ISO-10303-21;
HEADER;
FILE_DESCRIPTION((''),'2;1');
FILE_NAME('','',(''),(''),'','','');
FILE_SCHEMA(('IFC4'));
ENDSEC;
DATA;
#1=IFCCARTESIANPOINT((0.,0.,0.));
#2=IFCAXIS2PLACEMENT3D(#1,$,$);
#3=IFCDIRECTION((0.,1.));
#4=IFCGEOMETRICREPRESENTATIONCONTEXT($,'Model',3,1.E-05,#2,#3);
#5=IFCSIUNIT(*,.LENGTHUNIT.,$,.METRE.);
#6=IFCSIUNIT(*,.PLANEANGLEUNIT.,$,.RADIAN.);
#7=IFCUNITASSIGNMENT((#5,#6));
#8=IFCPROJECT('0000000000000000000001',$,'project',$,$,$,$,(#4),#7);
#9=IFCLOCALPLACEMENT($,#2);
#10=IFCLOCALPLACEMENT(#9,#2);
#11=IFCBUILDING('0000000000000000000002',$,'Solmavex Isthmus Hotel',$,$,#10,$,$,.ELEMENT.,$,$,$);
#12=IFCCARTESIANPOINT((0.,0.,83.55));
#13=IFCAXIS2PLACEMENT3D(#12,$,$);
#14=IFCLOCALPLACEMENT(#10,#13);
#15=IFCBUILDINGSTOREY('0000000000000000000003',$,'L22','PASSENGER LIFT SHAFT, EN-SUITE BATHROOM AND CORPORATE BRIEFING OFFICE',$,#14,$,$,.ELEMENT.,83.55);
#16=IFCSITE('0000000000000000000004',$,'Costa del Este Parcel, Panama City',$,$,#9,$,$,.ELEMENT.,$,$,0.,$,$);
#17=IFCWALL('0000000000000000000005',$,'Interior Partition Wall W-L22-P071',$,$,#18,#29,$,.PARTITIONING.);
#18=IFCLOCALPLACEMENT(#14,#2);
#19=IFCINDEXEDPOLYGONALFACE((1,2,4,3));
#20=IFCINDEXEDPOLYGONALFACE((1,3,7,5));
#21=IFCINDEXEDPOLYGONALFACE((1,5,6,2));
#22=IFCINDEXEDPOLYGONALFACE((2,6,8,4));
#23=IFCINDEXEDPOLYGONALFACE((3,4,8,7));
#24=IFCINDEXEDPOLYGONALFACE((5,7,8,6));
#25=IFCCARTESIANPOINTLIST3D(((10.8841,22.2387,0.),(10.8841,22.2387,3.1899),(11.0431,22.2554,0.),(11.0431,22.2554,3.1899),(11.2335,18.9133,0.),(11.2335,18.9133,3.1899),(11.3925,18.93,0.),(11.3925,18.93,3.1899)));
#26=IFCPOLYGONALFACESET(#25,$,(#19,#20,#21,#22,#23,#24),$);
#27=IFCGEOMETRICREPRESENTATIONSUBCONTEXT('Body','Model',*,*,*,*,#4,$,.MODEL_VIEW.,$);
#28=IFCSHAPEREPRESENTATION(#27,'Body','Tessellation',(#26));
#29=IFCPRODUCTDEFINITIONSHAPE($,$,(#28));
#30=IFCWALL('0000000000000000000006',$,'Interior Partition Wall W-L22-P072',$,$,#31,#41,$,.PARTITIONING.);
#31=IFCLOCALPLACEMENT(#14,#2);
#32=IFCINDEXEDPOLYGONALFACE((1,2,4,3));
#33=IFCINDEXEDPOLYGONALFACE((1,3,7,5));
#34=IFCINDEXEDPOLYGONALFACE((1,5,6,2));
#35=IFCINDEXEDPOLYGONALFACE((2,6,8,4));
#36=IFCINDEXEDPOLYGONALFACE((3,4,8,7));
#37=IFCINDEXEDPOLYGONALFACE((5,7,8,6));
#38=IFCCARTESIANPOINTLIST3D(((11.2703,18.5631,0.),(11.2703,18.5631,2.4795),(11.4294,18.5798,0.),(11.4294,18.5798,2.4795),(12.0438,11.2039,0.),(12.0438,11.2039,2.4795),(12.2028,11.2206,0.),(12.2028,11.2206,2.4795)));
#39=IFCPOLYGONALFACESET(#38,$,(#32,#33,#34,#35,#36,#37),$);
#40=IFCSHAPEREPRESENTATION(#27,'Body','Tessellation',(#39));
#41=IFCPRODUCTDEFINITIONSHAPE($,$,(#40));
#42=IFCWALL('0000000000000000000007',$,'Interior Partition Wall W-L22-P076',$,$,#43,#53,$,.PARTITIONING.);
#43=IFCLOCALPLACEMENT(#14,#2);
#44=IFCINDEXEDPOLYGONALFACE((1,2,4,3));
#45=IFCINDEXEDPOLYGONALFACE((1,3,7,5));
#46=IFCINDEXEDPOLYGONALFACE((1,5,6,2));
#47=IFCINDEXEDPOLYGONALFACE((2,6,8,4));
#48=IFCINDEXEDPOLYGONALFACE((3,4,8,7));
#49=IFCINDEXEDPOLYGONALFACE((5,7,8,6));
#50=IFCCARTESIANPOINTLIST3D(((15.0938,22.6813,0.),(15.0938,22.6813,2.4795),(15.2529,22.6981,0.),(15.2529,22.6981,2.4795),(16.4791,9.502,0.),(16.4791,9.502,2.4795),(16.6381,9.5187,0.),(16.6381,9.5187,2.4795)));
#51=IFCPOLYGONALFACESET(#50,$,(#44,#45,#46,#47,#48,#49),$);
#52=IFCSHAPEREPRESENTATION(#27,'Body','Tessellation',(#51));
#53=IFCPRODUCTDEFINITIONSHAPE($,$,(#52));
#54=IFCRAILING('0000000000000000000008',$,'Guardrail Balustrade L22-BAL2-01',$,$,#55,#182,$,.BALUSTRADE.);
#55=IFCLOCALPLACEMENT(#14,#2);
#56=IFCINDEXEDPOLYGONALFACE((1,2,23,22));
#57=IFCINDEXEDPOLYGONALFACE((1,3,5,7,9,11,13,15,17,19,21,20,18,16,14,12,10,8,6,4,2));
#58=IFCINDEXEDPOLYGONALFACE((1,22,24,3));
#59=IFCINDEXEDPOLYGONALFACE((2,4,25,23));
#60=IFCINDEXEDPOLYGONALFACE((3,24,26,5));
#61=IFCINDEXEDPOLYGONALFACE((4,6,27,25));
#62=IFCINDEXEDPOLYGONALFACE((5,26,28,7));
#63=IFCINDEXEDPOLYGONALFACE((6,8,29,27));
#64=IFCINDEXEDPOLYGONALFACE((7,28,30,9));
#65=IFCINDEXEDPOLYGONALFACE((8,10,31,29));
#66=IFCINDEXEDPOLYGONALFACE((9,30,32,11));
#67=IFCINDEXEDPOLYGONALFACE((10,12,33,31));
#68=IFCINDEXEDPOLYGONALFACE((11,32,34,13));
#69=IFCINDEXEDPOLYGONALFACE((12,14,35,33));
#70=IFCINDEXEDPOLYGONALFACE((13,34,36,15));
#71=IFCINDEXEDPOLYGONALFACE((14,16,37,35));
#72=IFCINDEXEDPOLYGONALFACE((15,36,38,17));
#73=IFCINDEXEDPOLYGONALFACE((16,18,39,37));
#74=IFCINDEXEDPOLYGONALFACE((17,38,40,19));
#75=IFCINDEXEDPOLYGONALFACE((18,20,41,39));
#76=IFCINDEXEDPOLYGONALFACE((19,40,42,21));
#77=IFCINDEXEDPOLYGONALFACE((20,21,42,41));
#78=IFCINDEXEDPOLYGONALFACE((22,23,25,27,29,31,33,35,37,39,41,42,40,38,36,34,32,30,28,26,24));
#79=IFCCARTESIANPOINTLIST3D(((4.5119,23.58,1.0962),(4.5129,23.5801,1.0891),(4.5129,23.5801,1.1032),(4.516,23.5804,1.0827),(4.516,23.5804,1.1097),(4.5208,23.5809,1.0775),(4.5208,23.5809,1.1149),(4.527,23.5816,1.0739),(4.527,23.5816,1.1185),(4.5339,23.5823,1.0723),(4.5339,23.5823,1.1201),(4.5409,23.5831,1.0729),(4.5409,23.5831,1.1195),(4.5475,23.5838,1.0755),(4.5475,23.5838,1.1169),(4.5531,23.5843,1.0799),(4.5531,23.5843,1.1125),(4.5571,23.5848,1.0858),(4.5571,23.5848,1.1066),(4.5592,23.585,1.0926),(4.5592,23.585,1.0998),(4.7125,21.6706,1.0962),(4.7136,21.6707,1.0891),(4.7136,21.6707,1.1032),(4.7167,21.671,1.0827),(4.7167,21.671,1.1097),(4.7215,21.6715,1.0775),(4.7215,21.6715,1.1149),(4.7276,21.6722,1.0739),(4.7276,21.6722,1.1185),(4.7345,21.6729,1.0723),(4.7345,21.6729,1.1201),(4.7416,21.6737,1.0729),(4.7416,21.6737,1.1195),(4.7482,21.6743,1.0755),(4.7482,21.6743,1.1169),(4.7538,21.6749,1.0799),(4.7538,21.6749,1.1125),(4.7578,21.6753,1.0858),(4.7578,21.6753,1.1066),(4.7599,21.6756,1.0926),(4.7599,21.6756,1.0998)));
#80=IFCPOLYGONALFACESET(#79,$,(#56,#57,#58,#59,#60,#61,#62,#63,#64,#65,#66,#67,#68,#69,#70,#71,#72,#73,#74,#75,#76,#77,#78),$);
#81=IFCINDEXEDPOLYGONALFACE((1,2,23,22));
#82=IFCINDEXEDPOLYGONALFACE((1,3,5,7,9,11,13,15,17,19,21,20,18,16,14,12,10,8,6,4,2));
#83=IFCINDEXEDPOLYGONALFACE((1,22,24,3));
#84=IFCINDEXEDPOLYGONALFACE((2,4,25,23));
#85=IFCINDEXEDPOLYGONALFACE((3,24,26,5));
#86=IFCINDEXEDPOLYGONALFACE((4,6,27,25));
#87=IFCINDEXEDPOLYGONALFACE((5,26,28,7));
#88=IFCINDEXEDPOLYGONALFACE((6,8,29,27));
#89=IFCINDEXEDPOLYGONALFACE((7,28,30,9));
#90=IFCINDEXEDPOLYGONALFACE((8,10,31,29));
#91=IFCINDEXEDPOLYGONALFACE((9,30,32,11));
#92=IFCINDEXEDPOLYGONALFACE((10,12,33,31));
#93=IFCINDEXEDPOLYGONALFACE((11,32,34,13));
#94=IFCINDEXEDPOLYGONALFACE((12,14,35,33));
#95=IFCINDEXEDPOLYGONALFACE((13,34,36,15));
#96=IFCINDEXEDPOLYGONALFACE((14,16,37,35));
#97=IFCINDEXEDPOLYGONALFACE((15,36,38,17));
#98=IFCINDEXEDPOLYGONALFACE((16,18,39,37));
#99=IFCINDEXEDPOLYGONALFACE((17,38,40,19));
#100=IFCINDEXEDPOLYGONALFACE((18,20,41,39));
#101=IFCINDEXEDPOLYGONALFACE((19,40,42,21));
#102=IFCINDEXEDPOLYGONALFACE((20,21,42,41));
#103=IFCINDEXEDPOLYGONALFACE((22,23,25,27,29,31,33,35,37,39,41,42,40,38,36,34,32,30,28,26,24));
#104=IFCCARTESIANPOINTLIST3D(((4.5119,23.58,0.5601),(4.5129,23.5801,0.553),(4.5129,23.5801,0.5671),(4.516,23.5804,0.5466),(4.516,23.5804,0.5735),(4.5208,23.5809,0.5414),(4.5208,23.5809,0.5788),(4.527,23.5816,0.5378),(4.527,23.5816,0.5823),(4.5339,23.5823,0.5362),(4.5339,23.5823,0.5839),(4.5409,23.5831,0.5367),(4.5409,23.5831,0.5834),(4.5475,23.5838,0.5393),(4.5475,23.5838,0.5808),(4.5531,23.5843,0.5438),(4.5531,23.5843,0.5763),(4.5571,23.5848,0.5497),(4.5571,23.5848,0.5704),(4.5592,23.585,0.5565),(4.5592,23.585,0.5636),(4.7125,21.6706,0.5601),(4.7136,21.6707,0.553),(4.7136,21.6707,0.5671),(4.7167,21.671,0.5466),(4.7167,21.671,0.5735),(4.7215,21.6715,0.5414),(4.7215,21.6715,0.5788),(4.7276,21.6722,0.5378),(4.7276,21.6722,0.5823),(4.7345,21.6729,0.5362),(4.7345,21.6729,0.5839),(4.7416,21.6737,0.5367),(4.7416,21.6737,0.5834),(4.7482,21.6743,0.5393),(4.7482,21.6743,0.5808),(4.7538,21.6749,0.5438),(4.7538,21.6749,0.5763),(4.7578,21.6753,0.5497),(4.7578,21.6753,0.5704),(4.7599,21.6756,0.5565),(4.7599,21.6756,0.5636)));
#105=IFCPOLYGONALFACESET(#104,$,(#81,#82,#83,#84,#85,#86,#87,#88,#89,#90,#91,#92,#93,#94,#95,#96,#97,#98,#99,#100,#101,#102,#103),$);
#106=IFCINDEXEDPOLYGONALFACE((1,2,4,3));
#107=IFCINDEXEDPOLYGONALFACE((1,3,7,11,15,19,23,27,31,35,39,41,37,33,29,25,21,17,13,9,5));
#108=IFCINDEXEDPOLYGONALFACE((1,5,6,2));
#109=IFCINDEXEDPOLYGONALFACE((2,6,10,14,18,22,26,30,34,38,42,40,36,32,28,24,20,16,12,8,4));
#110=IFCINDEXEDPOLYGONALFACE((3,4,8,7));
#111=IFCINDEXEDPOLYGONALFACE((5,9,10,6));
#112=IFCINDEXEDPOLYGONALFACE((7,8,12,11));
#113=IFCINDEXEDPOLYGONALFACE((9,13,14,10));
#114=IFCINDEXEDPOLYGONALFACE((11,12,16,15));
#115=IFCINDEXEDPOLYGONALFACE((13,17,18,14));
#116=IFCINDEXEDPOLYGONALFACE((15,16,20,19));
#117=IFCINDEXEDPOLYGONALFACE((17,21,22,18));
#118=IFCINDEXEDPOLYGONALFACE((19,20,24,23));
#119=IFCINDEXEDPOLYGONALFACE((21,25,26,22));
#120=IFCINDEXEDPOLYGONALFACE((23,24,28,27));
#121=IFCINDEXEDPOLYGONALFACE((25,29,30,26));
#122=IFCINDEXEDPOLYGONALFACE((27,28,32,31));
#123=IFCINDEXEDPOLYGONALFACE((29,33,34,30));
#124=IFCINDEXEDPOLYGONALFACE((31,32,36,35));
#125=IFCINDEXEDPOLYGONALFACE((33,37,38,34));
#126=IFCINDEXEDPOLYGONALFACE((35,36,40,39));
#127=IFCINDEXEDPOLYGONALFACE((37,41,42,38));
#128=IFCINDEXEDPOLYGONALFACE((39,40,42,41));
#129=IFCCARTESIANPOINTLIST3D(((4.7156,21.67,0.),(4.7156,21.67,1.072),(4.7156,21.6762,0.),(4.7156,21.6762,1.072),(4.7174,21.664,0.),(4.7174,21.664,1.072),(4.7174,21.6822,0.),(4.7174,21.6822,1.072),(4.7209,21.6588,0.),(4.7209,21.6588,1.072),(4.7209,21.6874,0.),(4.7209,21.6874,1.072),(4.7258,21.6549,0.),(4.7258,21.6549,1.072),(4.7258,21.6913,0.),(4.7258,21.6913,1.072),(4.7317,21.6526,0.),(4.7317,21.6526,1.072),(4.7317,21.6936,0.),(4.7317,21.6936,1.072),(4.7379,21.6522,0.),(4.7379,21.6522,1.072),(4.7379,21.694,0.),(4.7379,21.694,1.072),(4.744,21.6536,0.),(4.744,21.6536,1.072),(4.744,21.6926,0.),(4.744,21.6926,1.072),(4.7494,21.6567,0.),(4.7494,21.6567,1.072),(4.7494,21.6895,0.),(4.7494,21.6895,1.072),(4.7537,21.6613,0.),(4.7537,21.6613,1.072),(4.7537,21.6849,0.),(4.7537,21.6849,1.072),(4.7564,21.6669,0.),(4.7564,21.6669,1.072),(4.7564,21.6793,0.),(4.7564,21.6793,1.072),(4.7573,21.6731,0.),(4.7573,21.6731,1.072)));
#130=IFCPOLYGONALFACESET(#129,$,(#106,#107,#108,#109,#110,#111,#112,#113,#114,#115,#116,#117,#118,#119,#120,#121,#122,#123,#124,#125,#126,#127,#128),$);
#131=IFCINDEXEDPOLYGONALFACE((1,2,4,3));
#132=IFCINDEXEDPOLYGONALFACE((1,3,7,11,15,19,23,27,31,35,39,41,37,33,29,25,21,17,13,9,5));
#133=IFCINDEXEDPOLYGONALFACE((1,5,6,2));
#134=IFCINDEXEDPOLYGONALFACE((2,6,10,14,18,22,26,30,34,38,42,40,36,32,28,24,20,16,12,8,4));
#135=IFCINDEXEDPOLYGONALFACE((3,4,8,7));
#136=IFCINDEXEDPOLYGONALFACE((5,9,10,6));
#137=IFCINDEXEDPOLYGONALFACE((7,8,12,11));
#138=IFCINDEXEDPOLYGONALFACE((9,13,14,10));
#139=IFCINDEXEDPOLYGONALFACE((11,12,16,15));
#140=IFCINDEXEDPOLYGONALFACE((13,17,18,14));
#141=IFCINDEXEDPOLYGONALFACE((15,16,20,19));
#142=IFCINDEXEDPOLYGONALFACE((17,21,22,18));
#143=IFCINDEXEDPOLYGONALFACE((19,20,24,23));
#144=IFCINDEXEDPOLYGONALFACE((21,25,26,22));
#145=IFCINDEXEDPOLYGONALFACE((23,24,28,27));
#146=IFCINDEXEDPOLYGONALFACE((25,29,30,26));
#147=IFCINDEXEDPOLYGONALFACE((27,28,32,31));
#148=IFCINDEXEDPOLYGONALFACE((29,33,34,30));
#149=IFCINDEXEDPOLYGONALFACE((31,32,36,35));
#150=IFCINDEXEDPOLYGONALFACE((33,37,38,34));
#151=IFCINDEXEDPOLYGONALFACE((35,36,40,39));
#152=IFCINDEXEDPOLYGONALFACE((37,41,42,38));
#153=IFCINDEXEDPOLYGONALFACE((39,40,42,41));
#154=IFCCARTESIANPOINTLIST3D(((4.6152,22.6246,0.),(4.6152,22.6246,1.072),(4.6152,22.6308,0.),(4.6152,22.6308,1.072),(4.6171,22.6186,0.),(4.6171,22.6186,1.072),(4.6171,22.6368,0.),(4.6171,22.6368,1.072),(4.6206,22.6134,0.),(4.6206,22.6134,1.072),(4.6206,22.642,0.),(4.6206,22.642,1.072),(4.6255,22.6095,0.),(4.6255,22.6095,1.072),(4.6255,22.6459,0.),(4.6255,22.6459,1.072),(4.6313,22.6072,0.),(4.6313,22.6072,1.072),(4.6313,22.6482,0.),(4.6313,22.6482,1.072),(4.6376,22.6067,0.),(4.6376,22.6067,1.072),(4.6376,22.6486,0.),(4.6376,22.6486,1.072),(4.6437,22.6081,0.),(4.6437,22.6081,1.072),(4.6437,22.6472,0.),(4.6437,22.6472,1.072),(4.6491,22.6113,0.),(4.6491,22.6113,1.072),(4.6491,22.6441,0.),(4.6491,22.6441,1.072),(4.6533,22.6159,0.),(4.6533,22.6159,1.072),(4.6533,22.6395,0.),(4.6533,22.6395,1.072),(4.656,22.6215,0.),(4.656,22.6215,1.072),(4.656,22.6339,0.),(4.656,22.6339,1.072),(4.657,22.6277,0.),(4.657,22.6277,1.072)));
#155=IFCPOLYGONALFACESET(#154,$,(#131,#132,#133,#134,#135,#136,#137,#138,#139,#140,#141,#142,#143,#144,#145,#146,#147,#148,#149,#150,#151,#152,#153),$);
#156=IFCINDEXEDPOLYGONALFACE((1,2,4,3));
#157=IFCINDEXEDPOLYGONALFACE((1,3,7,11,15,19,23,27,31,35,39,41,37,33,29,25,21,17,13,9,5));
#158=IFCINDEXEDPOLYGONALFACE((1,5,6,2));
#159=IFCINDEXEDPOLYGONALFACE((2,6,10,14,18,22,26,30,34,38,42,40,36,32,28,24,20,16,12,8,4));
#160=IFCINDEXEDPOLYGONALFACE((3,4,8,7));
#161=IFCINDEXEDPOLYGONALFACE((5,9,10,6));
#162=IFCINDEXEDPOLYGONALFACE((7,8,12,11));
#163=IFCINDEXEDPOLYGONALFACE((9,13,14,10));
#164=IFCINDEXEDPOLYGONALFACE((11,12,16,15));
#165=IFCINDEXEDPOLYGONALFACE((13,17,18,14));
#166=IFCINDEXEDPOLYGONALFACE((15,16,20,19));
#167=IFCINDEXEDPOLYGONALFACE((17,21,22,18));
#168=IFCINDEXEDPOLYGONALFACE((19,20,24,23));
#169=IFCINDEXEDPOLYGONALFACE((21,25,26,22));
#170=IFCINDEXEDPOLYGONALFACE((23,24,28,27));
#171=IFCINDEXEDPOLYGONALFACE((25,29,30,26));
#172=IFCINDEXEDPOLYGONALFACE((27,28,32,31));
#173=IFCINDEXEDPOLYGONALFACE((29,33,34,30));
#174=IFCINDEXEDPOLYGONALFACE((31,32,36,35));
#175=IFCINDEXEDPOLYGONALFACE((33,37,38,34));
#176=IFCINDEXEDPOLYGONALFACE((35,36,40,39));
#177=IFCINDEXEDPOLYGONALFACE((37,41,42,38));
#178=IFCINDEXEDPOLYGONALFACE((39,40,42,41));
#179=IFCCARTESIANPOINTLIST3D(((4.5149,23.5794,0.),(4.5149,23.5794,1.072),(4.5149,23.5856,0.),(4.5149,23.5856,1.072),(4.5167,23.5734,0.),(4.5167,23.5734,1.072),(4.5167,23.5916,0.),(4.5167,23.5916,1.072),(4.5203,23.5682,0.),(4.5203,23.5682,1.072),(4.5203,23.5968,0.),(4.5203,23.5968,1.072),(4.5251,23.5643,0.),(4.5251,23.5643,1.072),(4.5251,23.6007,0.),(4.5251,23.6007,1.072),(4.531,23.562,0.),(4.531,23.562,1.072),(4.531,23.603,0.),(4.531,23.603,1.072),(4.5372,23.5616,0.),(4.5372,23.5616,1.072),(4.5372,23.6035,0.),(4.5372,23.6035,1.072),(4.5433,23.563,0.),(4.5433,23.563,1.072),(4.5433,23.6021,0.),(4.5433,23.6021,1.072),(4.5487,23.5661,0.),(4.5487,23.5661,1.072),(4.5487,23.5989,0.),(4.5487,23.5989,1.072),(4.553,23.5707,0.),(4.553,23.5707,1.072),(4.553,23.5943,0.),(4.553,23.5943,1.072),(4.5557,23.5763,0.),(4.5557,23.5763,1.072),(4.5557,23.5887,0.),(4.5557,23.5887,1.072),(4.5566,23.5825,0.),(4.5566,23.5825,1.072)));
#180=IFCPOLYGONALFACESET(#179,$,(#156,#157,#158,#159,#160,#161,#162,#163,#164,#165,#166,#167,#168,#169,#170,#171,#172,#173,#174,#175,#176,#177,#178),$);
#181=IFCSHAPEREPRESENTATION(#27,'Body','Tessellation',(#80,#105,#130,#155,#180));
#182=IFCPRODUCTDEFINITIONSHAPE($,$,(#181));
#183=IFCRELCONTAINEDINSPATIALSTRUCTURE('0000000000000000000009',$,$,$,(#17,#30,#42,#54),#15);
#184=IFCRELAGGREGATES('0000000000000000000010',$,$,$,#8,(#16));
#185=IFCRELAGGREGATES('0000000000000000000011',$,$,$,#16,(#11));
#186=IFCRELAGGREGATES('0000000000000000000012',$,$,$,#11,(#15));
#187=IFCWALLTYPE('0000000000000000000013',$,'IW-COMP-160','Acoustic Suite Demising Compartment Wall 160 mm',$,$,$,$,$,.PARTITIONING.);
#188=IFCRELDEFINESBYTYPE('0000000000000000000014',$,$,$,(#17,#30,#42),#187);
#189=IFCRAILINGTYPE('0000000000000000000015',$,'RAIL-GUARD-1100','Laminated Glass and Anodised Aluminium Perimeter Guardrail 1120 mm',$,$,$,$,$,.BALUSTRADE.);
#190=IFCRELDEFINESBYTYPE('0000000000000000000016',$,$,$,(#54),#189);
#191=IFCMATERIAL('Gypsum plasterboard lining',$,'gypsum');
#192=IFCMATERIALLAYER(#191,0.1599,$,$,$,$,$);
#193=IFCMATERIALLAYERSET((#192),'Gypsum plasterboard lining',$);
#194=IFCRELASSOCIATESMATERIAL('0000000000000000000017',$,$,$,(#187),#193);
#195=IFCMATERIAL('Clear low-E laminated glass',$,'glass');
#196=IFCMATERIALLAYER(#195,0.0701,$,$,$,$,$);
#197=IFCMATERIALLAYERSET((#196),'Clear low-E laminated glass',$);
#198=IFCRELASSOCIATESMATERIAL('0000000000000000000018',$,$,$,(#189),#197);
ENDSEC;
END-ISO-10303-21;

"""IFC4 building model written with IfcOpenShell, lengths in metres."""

from ifc_helpers import new_model, si_unit, direction, frame, frame_2d, origin, origin_2d, place, context, subcontext, project, spatial, rectangle, circle, extrude, material, layer, layer_set, type_object, element, save


model = new_model("IFC4")

# Units and contexts
model_context = context("Model", 3, precision=1e-05, world=origin(), true_north=direction((0.0, 1.0)))
body_context = subcontext(model_context, "Body", "Model", "MODEL_VIEW")
ifc_project = project(units=[si_unit("LENGTHUNIT", "METRE"), si_unit("PLANEANGLEUNIT", "RADIAN")], contexts=[model_context])

# Site, building, storey
site_placement = place(None, origin())
site = spatial("IfcSite", under=ifc_project, at=site_placement, Name="Costa del Este Parcel, Panama City", CompositionType="ELEMENT", RefElevation=0.0)
building_placement = place(site_placement, origin())
building = spatial("IfcBuilding", under=site, at=building_placement, Name="Solmavex Isthmus Hotel", CompositionType="ELEMENT")
storey_placement = place(building_placement, frame((0.0, 0.0, 83.55)))
storey = spatial("IfcBuildingStorey", under=building, at=storey_placement, Name="L22", Description="PASSENGER LIFT SHAFT, EN-SUITE BATHROOM AND CORPORATE BRIEFING OFFICE", CompositionType="ELEMENT", Elevation=83.55)

# Shared definitions
ifc_material_1 = material(Name="Clear low-E laminated glass", Category="glass")

# Walls
ifc_material_2 = material(Name="Gypsum plasterboard lining", Category="gypsum")
ifc_layer_1 = layer(ifc_material_2, 0.1599)
ifc_layer_set_1 = layer_set([ifc_layer_1], Name="Gypsum plasterboard lining")
wall_type_1 = type_object("IfcWallType", Name="IW-COMP-160", Description="Acoustic Suite Demising Compartment Wall 160 mm", PredefinedType="PARTITIONING", material=ifc_layer_set_1)
for number, where, z_axis, x_axis, name in (
    (1, (10.9636, 22.2471, 0.0), (0.0, 0.0, 1.0), (0.104483, -0.994527, 0.0), "Interior Partition Wall W-L22-P071"),
):
    element("IfcWall", number, at=place(storey_placement, frame(where, z_axis=z_axis, x_axis=x_axis)), inside=storey, type_object=wall_type_1, Name=name, PredefinedType="PARTITIONING", context=body_context, shape_type="SweptSolid", body=[
        extrude(rectangle(XDim=3.3438, YDim=0.1599, at=frame_2d((1.6719, 0.0))), origin(), (0.0, 0.0, 1.0), 3.1899),
    ])
wall_1_placement = place(storey_placement, frame((11.3499, 18.5713, 0.0), z_axis=(0.0, 0.0, 1.0), x_axis=(0.104523, -0.994522, 0.0)))
element("IfcWall", 2, at=wall_1_placement, inside=storey, type_object=wall_type_1, Name="Interior Partition Wall W-L22-P072", PredefinedType="PARTITIONING", context=body_context, shape_type="SweptSolid", body=[
    extrude(rectangle(XDim=7.3997, YDim=0.1599, at=frame_2d((3.6997, 0.0))), origin(), (0.0, 0.0, 1.0), 2.4795),
])
wall_2_placement = place(storey_placement, frame((15.1733, 22.6897, 0.0), z_axis=(0.0, 0.0, 1.0), x_axis=(0.104531, -0.994522, 0.0)))
element("IfcWall", 3, at=wall_2_placement, inside=storey, type_object=wall_type_1, Name="Interior Partition Wall W-L22-P076", PredefinedType="PARTITIONING", context=body_context, shape_type="SweptSolid", body=[
    extrude(rectangle(XDim=13.252, YDim=0.1599, at=frame_2d((6.626, 0.0))), origin(), (0.0, 0.0, 1.0), 2.4795),
])

# Railing
ifc_layer_2 = layer(ifc_material_1, 0.0701)
ifc_layer_set_2 = layer_set([ifc_layer_2], Name="Clear low-E laminated glass")
railing_type = type_object("IfcRailingType", Name="RAIL-GUARD-1100", Description="Laminated Glass and Anodised Aluminium Perimeter Guardrail 1120 mm", PredefinedType="BALUSTRADE", material=ifc_layer_set_2)
railing_1_placement = place(storey_placement, frame((4.7363, 21.6731, 0.0)))
element("IfcRailing", 4, at=railing_1_placement, inside=storey, type_object=railing_type, Name="Guardrail Balustrade L22-BAL2-01", PredefinedType="BALUSTRADE", context=body_context, shape_type="SweptSolid", body=[
    extrude(circle(Radius=0.0239, at=origin_2d()), frame((0.0, 0.0, 1.0962), z_axis=(-0.104526, 0.994522, 0.0), x_axis=(-0.994522, -0.104526, 0.0)), (0.0, 0.0, 1.0), 1.9199),
    extrude(circle(Radius=0.0239, at=origin_2d()), frame((0.0, 0.0, 0.5601), z_axis=(-0.104526, 0.994522, 0.0), x_axis=(-0.994522, -0.104526, 0.0)), (0.0, 0.0, 1.0), 1.9199),
    extrude(circle(Radius=0.021, at=origin_2d()), origin(), (0.0, 0.0, 1.0), 1.072),
    extrude(circle(Radius=0.021, at=origin_2d()), frame((-0.1003, 0.9546, 0.0)), (0.0, 0.0, 1.0), 1.072),
    extrude(circle(Radius=0.021, at=origin_2d()), frame((-0.2007, 1.9094, 0.0)), (0.0, 0.0, 1.0), 1.072),
])

save(model, "model.ifc")
